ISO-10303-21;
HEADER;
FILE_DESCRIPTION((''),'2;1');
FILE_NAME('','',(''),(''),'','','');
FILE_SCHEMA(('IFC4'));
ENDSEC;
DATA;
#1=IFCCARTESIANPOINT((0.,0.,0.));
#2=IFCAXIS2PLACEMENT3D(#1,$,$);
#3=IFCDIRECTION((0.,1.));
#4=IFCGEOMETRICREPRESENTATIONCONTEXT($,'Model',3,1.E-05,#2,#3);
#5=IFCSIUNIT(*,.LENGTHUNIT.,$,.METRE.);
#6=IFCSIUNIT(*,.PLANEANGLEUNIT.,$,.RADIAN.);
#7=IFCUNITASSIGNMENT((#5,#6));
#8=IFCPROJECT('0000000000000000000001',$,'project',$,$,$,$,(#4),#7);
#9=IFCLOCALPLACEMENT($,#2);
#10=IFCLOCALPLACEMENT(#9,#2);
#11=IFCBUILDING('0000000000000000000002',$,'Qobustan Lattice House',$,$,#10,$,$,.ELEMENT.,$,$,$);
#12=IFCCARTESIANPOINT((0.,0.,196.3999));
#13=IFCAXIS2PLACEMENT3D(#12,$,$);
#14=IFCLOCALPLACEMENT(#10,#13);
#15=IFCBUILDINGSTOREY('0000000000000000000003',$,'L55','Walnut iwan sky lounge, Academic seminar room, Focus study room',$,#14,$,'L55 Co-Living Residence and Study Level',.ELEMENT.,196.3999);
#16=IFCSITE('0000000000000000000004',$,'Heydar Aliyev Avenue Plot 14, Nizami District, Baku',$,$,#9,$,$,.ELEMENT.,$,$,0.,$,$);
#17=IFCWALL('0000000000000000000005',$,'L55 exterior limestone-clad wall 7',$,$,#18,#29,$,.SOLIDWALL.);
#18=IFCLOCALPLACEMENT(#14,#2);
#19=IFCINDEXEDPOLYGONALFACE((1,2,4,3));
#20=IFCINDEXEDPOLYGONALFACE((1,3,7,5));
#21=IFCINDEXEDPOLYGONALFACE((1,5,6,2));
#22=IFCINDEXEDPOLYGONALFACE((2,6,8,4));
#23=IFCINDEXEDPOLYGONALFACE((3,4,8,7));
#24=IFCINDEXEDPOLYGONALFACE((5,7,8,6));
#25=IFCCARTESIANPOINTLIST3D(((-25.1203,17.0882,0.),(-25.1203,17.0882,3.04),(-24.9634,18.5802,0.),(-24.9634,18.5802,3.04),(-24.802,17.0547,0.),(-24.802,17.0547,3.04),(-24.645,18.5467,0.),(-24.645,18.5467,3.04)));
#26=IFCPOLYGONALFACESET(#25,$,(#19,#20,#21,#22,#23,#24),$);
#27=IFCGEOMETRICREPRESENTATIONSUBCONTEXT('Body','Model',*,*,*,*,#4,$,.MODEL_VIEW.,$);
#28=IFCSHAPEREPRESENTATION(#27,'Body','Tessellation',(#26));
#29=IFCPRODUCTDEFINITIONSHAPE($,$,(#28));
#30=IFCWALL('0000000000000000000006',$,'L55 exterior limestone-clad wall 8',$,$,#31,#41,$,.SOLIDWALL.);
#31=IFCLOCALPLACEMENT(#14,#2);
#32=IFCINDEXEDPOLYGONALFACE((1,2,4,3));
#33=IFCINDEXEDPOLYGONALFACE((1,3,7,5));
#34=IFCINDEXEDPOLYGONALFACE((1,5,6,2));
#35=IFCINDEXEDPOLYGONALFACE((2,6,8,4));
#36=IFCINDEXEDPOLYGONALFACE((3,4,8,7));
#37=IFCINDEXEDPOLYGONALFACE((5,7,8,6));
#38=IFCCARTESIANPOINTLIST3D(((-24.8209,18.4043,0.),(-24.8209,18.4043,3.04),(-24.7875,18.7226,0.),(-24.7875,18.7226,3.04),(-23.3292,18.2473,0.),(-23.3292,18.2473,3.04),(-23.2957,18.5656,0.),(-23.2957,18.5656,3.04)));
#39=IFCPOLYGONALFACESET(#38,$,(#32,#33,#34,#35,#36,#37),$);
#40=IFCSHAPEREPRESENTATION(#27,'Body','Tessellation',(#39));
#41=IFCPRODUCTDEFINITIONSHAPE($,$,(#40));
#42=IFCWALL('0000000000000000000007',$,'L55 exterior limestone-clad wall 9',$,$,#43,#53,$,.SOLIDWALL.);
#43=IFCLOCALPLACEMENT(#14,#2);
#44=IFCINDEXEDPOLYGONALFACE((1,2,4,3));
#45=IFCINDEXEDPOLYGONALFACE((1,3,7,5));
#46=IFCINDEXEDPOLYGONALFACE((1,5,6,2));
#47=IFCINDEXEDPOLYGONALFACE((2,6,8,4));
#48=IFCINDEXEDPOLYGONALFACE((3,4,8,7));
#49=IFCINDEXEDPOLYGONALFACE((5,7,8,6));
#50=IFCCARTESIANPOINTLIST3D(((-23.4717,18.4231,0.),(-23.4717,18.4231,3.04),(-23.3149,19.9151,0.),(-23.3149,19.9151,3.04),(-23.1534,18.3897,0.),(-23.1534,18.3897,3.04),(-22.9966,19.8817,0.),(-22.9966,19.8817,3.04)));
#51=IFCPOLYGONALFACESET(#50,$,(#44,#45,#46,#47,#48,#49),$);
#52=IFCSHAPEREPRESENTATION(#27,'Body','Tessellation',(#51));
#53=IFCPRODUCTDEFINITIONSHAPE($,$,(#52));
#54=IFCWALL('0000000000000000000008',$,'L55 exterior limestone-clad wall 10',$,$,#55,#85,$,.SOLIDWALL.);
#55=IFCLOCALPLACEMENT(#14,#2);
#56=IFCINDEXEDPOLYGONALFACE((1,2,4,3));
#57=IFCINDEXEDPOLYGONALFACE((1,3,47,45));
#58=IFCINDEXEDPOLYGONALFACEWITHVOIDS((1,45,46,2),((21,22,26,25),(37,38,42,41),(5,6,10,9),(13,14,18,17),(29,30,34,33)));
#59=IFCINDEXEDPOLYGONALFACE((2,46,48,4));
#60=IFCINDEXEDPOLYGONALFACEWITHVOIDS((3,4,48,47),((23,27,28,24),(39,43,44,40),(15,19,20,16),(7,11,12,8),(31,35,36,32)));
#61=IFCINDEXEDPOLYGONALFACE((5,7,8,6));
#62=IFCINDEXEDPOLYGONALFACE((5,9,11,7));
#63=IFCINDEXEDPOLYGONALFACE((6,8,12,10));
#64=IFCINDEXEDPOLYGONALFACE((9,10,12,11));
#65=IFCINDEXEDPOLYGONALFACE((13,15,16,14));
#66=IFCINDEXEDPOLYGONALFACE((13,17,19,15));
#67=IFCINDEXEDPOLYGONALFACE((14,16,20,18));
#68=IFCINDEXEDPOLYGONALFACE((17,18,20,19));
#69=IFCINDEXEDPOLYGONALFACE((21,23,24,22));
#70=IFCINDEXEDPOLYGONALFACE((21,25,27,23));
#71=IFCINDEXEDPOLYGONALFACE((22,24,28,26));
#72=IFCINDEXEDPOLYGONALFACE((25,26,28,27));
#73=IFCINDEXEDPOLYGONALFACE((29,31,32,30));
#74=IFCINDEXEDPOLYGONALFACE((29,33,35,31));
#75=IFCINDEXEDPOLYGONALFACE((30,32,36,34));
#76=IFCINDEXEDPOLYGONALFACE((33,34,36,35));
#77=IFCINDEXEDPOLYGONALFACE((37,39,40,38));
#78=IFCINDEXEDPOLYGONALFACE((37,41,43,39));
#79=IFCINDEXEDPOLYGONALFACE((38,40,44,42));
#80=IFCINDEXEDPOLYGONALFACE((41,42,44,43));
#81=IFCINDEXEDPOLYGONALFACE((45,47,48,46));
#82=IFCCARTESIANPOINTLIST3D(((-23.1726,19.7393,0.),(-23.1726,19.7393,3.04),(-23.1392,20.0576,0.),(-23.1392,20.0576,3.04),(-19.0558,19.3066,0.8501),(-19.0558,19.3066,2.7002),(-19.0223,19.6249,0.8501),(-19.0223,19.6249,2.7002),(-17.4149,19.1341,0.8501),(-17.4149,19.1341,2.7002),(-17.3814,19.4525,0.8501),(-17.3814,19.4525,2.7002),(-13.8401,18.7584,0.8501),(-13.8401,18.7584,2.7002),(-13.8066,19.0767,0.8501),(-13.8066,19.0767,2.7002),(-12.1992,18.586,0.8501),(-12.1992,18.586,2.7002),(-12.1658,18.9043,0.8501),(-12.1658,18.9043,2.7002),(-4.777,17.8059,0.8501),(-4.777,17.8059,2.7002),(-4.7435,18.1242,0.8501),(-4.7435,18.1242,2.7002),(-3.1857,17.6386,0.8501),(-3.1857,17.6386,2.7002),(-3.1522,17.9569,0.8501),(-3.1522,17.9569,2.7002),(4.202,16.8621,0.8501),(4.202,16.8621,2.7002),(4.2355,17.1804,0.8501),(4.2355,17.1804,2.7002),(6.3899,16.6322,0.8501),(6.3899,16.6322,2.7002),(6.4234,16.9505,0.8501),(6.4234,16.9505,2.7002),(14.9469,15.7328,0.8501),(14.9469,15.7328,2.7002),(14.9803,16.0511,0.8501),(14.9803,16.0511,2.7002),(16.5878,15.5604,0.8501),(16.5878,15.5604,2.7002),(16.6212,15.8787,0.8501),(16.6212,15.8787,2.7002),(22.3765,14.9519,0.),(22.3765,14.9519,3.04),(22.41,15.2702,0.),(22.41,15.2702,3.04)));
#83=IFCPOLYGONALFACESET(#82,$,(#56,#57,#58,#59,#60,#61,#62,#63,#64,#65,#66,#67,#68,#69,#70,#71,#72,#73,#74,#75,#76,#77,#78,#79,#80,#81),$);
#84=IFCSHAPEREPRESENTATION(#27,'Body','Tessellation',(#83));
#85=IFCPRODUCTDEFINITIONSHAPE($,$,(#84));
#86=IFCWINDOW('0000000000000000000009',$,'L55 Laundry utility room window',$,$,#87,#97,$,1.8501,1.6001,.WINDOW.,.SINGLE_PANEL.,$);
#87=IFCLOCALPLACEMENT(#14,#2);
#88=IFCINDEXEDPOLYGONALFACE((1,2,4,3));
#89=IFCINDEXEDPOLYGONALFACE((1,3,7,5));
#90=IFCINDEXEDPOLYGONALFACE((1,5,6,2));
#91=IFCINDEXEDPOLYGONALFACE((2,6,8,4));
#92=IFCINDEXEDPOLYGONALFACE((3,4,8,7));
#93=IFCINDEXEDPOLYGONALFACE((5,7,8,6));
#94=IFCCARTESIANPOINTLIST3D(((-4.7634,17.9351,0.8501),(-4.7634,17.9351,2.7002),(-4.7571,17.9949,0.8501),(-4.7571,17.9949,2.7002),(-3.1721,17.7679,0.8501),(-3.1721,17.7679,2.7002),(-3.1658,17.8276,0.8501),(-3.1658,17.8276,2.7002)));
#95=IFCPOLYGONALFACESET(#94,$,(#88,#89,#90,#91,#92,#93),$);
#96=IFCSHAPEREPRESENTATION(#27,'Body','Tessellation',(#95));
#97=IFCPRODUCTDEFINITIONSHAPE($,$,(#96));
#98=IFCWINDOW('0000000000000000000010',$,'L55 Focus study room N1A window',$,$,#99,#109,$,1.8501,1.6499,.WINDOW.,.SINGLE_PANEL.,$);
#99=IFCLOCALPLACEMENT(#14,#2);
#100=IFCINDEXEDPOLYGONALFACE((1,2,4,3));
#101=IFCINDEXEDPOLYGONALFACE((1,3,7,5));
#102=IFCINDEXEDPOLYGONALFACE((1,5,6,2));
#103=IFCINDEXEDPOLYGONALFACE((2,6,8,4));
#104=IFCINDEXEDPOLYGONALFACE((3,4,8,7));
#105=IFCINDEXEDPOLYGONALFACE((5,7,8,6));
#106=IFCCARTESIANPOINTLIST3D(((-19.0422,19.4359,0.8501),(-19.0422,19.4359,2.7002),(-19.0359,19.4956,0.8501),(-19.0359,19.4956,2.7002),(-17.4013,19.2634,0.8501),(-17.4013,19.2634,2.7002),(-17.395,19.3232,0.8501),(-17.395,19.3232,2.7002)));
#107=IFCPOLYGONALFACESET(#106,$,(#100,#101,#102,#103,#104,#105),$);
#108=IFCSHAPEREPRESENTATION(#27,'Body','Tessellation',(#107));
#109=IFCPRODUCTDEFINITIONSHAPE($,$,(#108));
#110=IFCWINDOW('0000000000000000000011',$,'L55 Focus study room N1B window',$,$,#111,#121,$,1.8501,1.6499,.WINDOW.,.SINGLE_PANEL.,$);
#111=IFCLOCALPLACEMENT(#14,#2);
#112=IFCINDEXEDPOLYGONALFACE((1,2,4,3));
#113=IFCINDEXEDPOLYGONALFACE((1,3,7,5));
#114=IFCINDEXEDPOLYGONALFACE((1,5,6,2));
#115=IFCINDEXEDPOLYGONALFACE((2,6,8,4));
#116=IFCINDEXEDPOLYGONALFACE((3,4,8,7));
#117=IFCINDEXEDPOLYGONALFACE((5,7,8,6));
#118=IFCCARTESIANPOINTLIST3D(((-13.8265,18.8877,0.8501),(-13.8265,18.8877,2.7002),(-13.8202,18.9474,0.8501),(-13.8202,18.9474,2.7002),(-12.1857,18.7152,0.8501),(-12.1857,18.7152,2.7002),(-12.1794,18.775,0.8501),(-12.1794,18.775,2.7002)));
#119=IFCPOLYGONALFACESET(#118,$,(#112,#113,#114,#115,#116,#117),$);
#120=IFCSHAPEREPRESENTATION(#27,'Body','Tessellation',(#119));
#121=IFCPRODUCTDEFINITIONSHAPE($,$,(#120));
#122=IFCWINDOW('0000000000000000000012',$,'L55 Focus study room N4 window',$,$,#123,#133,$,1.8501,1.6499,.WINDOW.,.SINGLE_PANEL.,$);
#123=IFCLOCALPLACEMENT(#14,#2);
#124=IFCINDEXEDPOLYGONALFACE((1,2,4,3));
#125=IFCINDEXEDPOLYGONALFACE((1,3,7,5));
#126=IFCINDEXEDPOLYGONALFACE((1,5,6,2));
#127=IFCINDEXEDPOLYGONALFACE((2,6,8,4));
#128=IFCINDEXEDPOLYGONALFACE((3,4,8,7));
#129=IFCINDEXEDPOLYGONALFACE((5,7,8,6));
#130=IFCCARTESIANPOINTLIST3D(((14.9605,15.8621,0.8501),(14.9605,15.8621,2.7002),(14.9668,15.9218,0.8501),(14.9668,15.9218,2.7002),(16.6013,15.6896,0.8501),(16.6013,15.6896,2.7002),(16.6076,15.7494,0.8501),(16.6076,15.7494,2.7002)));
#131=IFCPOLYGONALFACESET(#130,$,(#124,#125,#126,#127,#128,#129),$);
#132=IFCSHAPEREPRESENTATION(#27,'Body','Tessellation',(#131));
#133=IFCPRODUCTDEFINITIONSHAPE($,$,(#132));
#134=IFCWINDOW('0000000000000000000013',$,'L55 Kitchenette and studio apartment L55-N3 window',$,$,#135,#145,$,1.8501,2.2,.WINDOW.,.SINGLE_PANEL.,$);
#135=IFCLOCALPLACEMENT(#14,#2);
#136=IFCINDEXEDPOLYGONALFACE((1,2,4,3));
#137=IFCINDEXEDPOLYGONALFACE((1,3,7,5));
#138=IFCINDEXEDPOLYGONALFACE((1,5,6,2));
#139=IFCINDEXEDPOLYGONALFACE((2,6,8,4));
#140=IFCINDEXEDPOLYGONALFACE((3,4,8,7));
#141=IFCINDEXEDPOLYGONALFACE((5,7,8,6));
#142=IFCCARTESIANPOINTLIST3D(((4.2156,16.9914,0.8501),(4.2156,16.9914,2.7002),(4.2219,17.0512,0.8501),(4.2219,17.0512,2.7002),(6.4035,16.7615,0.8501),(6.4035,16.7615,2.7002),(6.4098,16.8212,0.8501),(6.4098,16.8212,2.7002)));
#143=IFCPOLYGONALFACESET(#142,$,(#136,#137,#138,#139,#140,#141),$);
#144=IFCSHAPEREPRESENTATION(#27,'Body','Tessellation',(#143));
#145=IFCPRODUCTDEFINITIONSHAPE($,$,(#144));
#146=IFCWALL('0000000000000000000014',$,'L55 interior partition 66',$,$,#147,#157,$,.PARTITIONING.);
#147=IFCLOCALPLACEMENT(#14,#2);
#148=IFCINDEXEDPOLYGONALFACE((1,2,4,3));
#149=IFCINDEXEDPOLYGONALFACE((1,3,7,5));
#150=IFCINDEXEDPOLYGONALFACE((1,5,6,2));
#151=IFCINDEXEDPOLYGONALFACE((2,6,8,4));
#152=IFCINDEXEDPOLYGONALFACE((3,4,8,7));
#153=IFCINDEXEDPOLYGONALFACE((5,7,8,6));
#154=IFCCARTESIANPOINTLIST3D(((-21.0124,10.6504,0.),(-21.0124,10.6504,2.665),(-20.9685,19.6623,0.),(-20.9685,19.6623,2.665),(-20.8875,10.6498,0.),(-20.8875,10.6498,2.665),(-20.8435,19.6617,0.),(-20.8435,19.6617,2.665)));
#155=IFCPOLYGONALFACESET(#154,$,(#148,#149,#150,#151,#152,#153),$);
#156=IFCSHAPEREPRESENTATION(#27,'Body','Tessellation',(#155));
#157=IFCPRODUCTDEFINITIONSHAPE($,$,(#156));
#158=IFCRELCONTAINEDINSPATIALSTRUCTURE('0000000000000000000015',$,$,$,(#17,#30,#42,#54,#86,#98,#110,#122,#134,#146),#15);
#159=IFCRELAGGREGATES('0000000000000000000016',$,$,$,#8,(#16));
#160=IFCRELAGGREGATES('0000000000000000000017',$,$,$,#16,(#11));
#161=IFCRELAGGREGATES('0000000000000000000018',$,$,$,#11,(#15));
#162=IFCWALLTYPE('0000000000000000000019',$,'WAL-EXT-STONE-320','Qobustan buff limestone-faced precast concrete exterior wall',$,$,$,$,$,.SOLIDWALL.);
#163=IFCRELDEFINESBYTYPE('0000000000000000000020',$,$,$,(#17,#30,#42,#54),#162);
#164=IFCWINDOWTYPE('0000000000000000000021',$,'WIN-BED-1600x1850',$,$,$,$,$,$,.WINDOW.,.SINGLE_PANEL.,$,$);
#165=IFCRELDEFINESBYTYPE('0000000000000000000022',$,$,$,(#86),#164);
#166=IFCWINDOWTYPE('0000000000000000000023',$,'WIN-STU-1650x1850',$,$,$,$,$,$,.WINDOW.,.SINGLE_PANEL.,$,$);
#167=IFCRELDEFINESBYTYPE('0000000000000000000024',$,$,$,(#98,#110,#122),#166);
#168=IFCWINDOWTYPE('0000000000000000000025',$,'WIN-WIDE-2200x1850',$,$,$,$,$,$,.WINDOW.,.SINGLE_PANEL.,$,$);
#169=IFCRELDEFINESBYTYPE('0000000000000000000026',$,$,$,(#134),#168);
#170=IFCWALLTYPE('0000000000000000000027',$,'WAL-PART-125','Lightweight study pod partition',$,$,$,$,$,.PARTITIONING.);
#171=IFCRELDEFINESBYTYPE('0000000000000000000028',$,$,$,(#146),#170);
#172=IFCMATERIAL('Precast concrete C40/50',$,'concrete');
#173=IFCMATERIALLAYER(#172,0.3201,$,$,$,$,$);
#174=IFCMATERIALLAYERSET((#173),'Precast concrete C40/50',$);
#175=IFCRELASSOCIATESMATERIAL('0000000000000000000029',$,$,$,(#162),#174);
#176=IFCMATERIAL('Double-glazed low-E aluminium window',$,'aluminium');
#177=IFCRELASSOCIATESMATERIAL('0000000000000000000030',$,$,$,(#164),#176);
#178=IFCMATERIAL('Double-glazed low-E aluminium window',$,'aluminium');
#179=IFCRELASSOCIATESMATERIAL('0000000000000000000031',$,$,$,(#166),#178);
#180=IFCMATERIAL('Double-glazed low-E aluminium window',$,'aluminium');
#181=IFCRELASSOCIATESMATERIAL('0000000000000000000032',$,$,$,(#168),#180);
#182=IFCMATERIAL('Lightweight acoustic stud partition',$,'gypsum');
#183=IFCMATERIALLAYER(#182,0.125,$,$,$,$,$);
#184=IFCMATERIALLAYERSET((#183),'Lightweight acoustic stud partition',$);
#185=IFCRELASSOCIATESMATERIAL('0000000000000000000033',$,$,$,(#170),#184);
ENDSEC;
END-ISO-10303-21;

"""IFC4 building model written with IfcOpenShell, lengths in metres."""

from ifc_helpers import new_model, si_unit, direction, frame, frame_2d, origin, place, context, subcontext, project, spatial, rectangle, extrude, material, layer, layer_set, type_object, element, fill, save


model = new_model("IFC4")

# Units and contexts
model_context = context("Model", 3, precision=1e-05, world=origin(), true_north=direction((0.0, 1.0)))
body_context = subcontext(model_context, "Body", "Model", "MODEL_VIEW")
ifc_project = project(units=[si_unit("LENGTHUNIT", "METRE"), si_unit("PLANEANGLEUNIT", "RADIAN")], contexts=[model_context])

# Site, building, storey
site_placement = place(None, origin())
site = spatial("IfcSite", under=ifc_project, at=site_placement, Name="Heydar Aliyev Avenue Plot 14, Nizami District, Baku", CompositionType="ELEMENT", RefElevation=0.0)
building_placement = place(site_placement, origin())
building = spatial("IfcBuilding", under=site, at=building_placement, Name="Qobustan Lattice House", CompositionType="ELEMENT")
storey_placement = place(building_placement, frame((0.0, 0.0, 196.3999)))
storey = spatial("IfcBuildingStorey", under=building, at=storey_placement, Name="L55", Description="Walnut iwan sky lounge, Academic seminar room, Focus study room", LongName="L55 Co-Living Residence and Study Level", CompositionType="ELEMENT", Elevation=196.3999)

# Walls
ifc_material_1 = material(Name="Precast concrete C40/50", Category="concrete")
ifc_layer_1 = layer(ifc_material_1, 0.3201)
ifc_layer_set_1 = layer_set([ifc_layer_1], Name="Precast concrete C40/50")
wall_type_1 = type_object("IfcWallType", Name="WAL-EXT-STONE-320", Description="Qobustan buff limestone-faced precast concrete exterior wall", PredefinedType="SOLIDWALL", material=ifc_layer_set_1)
wall_1_placement = place(storey_placement, frame((-24.9612, 17.0715, 0.0), z_axis=(0.0, 0.0, 1.0), x_axis=(0.104642, 0.99451, 0.0)))
element("IfcWall", 1, at=wall_1_placement, inside=storey, type_object=wall_type_1, Name="L55 exterior limestone-clad wall 7", PredefinedType="SOLIDWALL", context=body_context, shape_type="SweptSolid", body=[
    extrude(rectangle(XDim=1.5002, YDim=0.3201, at=frame_2d((0.75, 0.0))), origin(), (0.0, 0.0, 1.0), 3.04),
])
wall_2_placement = place(storey_placement, frame((-24.8042, 18.5635, 0.0), z_axis=(0.0, 0.0, 1.0), x_axis=(0.994508, -0.104659, 0.0)))
element("IfcWall", 2, at=wall_2_placement, inside=storey, type_object=wall_type_1, Name="L55 exterior limestone-clad wall 8", PredefinedType="SOLIDWALL", context=body_context, shape_type="SweptSolid", body=[
    extrude(rectangle(XDim=1.5, YDim=0.3201, at=frame_2d((0.75, 0.0))), origin(), (0.0, 0.0, 1.0), 3.04),
])
wall_3_placement = place(storey_placement, frame((-23.3125, 18.4065, 0.0), z_axis=(0.0, 0.0, 1.0), x_axis=(0.104481, 0.994527, 0.0)))
element("IfcWall", 3, at=wall_3_placement, inside=storey, type_object=wall_type_1, Name="L55 exterior limestone-clad wall 9", PredefinedType="SOLIDWALL", context=body_context, shape_type="SweptSolid", body=[
    extrude(rectangle(XDim=1.5002, YDim=0.3201, at=frame_2d((0.75, 0.0))), origin(), (0.0, 0.0, 1.0), 3.04),
])

# Wall, openings, windows
wall_4_placement = place(storey_placement, frame((-23.1558, 19.8984, 0.0), z_axis=(0.0, 0.0, 1.0), x_axis=(0.994522, -0.104527, 0.0)))
wall_4 = element("IfcWall", 4, at=wall_4_placement, inside=storey, type_object=wall_type_1, Name="L55 exterior limestone-clad wall 10", PredefinedType="SOLIDWALL", context=body_context, shape_type="SweptSolid", body=[
    extrude(rectangle(XDim=45.8, YDim=0.3201, at=frame_2d((22.8999, 0.0))), origin(), (0.0, 0.0, 1.0), 3.04),
])
opening_1_placement = place(wall_4_placement, frame((4.1394, 0.0, 0.8501)))
opening_1 = element("IfcOpeningElement", 5, at=opening_1_placement, cuts=wall_4, PredefinedType="OPENING", context=body_context, shape_type="SweptSolid", body=[
    extrude(rectangle(XDim=1.6499, YDim=1.8501, at=frame_2d((0.825, 0.925))), frame((0.0, 0.1699, 0.0), z_axis=(0.0, -1.0, 0.0), x_axis=(1.0, 0.0, 0.0)), (0.0, 0.0, 1.0), 0.3401),
])
opening_2_placement = place(wall_4_placement, frame((9.3838, 0.0, 0.8501)))
opening_2 = element("IfcOpeningElement", 6, at=opening_2_placement, cuts=wall_4, PredefinedType="OPENING", context=body_context, shape_type="SweptSolid", body=[
    extrude(rectangle(XDim=1.6499, YDim=1.8501, at=frame_2d((0.825, 0.925))), frame((0.0, 0.1699, 0.0), z_axis=(0.0, -1.0, 0.0), x_axis=(1.0, 0.0, 0.0)), (0.0, 0.0, 1.0), 0.3401),
])
opening_3_placement = place(wall_4_placement, frame((18.4968, 0.0, 0.8501)))
opening_3 = element("IfcOpeningElement", 7, at=opening_3_placement, cuts=wall_4, PredefinedType="OPENING", context=body_context, shape_type="SweptSolid", body=[
    extrude(rectangle(XDim=1.6001, YDim=1.8501, at=frame_2d((0.8, 0.925))), frame((0.0, 0.1699, 0.0), z_axis=(0.0, -1.0, 0.0), x_axis=(1.0, 0.0, 0.0)), (0.0, 0.0, 1.0), 0.3401),
])
opening_4_placement = place(wall_4_placement, frame((27.5251, 0.0, 0.8501)))
opening_4 = element("IfcOpeningElement", 8, at=opening_4_placement, cuts=wall_4, PredefinedType="OPENING", context=body_context, shape_type="SweptSolid", body=[
    extrude(rectangle(XDim=2.2, YDim=1.8501, at=frame_2d((1.1001, 0.925))), frame((0.0, 0.1699, 0.0), z_axis=(0.0, -1.0, 0.0), x_axis=(1.0, 0.0, 0.0)), (0.0, 0.0, 1.0), 0.3401),
])
opening_5_placement = place(wall_4_placement, frame((38.3293, 0.0, 0.8501)))
opening_5 = element("IfcOpeningElement", 9, at=opening_5_placement, cuts=wall_4, PredefinedType="OPENING", context=body_context, shape_type="SweptSolid", body=[
    extrude(rectangle(XDim=1.6499, YDim=1.8501, at=frame_2d((0.825, 0.925))), frame((0.0, 0.1699, 0.0), z_axis=(0.0, -1.0, 0.0), x_axis=(1.0, 0.0, 0.0)), (0.0, 0.0, 1.0), 0.3401),
])
ifc_material_2 = material(Name="Double-glazed low-E aluminium window", Category="aluminium")
window_type_1 = type_object("IfcWindowType", Name="WIN-BED-1600x1850", PartitioningType="SINGLE_PANEL", PredefinedType="WINDOW", material=ifc_material_2)
window_1_placement = place(opening_3_placement, origin())
window_1 = element("IfcWindow", 10, at=window_1_placement, inside=storey, type_object=window_type_1, Name="L55 Laundry utility room window", OverallHeight=1.8501, OverallWidth=1.6001, PartitioningType="SINGLE_PANEL", PredefinedType="WINDOW", context=body_context, shape_type="SweptSolid", body=[
    extrude(rectangle(XDim=1.6001, YDim=1.8501, at=frame_2d((0.8, 0.925))), frame((0.0, 0.03, 0.0), z_axis=(0.0, -1.0, 0.0), x_axis=(1.0, 0.0, 0.0)), (0.0, 0.0, 1.0), 0.0601),
])
fill(opening_3, window_1)
ifc_material_3 = material(Name="Double-glazed low-E aluminium window", Category="aluminium")
window_type_2 = type_object("IfcWindowType", Name="WIN-STU-1650x1850", PartitioningType="SINGLE_PANEL", PredefinedType="WINDOW", material=ifc_material_3)
window_2_placement = place(opening_1_placement, origin())
window_2 = element("IfcWindow", 11, at=window_2_placement, inside=storey, type_object=window_type_2, Name="L55 Focus study room N1A window", OverallHeight=1.8501, OverallWidth=1.6499, PartitioningType="SINGLE_PANEL", PredefinedType="WINDOW", context=body_context, shape_type="SweptSolid", body=[
    extrude(rectangle(XDim=1.6499, YDim=1.8501, at=frame_2d((0.825, 0.925))), frame((0.0, 0.03, 0.0), z_axis=(0.0, -1.0, 0.0), x_axis=(1.0, 0.0, 0.0)), (0.0, 0.0, 1.0), 0.0601),
])
fill(opening_1, window_2)
window_3_placement = place(opening_2_placement, origin())
window_3 = element("IfcWindow", 12, at=window_3_placement, inside=storey, type_object=window_type_2, Name="L55 Focus study room N1B window", OverallHeight=1.8501, OverallWidth=1.6499, PartitioningType="SINGLE_PANEL", PredefinedType="WINDOW", context=body_context, shape_type="SweptSolid", body=[
    extrude(rectangle(XDim=1.6499, YDim=1.8501, at=frame_2d((0.825, 0.925))), frame((0.0, 0.03, 0.0), z_axis=(0.0, -1.0, 0.0), x_axis=(1.0, 0.0, 0.0)), (0.0, 0.0, 1.0), 0.0601),
])
fill(opening_2, window_3)
window_4_placement = place(opening_5_placement, origin())
window_4 = element("IfcWindow", 13, at=window_4_placement, inside=storey, type_object=window_type_2, Name="L55 Focus study room N4 window", OverallHeight=1.8501, OverallWidth=1.6499, PartitioningType="SINGLE_PANEL", PredefinedType="WINDOW", context=body_context, shape_type="SweptSolid", body=[
    extrude(rectangle(XDim=1.6499, YDim=1.8501, at=frame_2d((0.825, 0.925))), frame((0.0, 0.03, 0.0), z_axis=(0.0, -1.0, 0.0), x_axis=(1.0, 0.0, 0.0)), (0.0, 0.0, 1.0), 0.0601),
])
fill(opening_5, window_4)
ifc_material_4 = material(Name="Double-glazed low-E aluminium window", Category="aluminium")
window_type_3 = type_object("IfcWindowType", Name="WIN-WIDE-2200x1850", PartitioningType="SINGLE_PANEL", PredefinedType="WINDOW", material=ifc_material_4)
window_5_placement = place(opening_4_placement, origin())
window_5 = element("IfcWindow", 14, at=window_5_placement, inside=storey, type_object=window_type_3, Name="L55 Kitchenette and studio apartment L55-N3 window", OverallHeight=1.8501, OverallWidth=2.2, PartitioningType="SINGLE_PANEL", PredefinedType="WINDOW", context=body_context, shape_type="SweptSolid", body=[
    extrude(rectangle(XDim=2.2, YDim=1.8501, at=frame_2d((1.1001, 0.925))), frame((0.0, 0.03, 0.0), z_axis=(0.0, -1.0, 0.0), x_axis=(1.0, 0.0, 0.0)), (0.0, 0.0, 1.0), 0.0601),
])
fill(opening_4, window_5)

# Wall
ifc_material_5 = material(Name="Lightweight acoustic stud partition", Category="gypsum")
ifc_layer_2 = layer(ifc_material_5, 0.125)
ifc_layer_set_2 = layer_set([ifc_layer_2], Name="Lightweight acoustic stud partition")
wall_type_2 = type_object("IfcWallType", Name="WAL-PART-125", Description="Lightweight study pod partition", PredefinedType="PARTITIONING", material=ifc_layer_set_2)
wall_5_placement = place(storey_placement, frame((-20.906, 19.6619, 0.0), z_axis=(0.0, 0.0, 1.0), x_axis=(-0.004876, -0.999988, 0.0)))
element("IfcWall", 15, at=wall_5_placement, inside=storey, type_object=wall_type_2, Name="L55 interior partition 66", PredefinedType="PARTITIONING", context=body_context, shape_type="SweptSolid", body=[
    extrude(rectangle(XDim=9.012, YDim=0.125, at=frame_2d((4.5059, 0.0))), origin(), (0.0, 0.0, 1.0), 2.665),
])

save(model, "model.ifc")
